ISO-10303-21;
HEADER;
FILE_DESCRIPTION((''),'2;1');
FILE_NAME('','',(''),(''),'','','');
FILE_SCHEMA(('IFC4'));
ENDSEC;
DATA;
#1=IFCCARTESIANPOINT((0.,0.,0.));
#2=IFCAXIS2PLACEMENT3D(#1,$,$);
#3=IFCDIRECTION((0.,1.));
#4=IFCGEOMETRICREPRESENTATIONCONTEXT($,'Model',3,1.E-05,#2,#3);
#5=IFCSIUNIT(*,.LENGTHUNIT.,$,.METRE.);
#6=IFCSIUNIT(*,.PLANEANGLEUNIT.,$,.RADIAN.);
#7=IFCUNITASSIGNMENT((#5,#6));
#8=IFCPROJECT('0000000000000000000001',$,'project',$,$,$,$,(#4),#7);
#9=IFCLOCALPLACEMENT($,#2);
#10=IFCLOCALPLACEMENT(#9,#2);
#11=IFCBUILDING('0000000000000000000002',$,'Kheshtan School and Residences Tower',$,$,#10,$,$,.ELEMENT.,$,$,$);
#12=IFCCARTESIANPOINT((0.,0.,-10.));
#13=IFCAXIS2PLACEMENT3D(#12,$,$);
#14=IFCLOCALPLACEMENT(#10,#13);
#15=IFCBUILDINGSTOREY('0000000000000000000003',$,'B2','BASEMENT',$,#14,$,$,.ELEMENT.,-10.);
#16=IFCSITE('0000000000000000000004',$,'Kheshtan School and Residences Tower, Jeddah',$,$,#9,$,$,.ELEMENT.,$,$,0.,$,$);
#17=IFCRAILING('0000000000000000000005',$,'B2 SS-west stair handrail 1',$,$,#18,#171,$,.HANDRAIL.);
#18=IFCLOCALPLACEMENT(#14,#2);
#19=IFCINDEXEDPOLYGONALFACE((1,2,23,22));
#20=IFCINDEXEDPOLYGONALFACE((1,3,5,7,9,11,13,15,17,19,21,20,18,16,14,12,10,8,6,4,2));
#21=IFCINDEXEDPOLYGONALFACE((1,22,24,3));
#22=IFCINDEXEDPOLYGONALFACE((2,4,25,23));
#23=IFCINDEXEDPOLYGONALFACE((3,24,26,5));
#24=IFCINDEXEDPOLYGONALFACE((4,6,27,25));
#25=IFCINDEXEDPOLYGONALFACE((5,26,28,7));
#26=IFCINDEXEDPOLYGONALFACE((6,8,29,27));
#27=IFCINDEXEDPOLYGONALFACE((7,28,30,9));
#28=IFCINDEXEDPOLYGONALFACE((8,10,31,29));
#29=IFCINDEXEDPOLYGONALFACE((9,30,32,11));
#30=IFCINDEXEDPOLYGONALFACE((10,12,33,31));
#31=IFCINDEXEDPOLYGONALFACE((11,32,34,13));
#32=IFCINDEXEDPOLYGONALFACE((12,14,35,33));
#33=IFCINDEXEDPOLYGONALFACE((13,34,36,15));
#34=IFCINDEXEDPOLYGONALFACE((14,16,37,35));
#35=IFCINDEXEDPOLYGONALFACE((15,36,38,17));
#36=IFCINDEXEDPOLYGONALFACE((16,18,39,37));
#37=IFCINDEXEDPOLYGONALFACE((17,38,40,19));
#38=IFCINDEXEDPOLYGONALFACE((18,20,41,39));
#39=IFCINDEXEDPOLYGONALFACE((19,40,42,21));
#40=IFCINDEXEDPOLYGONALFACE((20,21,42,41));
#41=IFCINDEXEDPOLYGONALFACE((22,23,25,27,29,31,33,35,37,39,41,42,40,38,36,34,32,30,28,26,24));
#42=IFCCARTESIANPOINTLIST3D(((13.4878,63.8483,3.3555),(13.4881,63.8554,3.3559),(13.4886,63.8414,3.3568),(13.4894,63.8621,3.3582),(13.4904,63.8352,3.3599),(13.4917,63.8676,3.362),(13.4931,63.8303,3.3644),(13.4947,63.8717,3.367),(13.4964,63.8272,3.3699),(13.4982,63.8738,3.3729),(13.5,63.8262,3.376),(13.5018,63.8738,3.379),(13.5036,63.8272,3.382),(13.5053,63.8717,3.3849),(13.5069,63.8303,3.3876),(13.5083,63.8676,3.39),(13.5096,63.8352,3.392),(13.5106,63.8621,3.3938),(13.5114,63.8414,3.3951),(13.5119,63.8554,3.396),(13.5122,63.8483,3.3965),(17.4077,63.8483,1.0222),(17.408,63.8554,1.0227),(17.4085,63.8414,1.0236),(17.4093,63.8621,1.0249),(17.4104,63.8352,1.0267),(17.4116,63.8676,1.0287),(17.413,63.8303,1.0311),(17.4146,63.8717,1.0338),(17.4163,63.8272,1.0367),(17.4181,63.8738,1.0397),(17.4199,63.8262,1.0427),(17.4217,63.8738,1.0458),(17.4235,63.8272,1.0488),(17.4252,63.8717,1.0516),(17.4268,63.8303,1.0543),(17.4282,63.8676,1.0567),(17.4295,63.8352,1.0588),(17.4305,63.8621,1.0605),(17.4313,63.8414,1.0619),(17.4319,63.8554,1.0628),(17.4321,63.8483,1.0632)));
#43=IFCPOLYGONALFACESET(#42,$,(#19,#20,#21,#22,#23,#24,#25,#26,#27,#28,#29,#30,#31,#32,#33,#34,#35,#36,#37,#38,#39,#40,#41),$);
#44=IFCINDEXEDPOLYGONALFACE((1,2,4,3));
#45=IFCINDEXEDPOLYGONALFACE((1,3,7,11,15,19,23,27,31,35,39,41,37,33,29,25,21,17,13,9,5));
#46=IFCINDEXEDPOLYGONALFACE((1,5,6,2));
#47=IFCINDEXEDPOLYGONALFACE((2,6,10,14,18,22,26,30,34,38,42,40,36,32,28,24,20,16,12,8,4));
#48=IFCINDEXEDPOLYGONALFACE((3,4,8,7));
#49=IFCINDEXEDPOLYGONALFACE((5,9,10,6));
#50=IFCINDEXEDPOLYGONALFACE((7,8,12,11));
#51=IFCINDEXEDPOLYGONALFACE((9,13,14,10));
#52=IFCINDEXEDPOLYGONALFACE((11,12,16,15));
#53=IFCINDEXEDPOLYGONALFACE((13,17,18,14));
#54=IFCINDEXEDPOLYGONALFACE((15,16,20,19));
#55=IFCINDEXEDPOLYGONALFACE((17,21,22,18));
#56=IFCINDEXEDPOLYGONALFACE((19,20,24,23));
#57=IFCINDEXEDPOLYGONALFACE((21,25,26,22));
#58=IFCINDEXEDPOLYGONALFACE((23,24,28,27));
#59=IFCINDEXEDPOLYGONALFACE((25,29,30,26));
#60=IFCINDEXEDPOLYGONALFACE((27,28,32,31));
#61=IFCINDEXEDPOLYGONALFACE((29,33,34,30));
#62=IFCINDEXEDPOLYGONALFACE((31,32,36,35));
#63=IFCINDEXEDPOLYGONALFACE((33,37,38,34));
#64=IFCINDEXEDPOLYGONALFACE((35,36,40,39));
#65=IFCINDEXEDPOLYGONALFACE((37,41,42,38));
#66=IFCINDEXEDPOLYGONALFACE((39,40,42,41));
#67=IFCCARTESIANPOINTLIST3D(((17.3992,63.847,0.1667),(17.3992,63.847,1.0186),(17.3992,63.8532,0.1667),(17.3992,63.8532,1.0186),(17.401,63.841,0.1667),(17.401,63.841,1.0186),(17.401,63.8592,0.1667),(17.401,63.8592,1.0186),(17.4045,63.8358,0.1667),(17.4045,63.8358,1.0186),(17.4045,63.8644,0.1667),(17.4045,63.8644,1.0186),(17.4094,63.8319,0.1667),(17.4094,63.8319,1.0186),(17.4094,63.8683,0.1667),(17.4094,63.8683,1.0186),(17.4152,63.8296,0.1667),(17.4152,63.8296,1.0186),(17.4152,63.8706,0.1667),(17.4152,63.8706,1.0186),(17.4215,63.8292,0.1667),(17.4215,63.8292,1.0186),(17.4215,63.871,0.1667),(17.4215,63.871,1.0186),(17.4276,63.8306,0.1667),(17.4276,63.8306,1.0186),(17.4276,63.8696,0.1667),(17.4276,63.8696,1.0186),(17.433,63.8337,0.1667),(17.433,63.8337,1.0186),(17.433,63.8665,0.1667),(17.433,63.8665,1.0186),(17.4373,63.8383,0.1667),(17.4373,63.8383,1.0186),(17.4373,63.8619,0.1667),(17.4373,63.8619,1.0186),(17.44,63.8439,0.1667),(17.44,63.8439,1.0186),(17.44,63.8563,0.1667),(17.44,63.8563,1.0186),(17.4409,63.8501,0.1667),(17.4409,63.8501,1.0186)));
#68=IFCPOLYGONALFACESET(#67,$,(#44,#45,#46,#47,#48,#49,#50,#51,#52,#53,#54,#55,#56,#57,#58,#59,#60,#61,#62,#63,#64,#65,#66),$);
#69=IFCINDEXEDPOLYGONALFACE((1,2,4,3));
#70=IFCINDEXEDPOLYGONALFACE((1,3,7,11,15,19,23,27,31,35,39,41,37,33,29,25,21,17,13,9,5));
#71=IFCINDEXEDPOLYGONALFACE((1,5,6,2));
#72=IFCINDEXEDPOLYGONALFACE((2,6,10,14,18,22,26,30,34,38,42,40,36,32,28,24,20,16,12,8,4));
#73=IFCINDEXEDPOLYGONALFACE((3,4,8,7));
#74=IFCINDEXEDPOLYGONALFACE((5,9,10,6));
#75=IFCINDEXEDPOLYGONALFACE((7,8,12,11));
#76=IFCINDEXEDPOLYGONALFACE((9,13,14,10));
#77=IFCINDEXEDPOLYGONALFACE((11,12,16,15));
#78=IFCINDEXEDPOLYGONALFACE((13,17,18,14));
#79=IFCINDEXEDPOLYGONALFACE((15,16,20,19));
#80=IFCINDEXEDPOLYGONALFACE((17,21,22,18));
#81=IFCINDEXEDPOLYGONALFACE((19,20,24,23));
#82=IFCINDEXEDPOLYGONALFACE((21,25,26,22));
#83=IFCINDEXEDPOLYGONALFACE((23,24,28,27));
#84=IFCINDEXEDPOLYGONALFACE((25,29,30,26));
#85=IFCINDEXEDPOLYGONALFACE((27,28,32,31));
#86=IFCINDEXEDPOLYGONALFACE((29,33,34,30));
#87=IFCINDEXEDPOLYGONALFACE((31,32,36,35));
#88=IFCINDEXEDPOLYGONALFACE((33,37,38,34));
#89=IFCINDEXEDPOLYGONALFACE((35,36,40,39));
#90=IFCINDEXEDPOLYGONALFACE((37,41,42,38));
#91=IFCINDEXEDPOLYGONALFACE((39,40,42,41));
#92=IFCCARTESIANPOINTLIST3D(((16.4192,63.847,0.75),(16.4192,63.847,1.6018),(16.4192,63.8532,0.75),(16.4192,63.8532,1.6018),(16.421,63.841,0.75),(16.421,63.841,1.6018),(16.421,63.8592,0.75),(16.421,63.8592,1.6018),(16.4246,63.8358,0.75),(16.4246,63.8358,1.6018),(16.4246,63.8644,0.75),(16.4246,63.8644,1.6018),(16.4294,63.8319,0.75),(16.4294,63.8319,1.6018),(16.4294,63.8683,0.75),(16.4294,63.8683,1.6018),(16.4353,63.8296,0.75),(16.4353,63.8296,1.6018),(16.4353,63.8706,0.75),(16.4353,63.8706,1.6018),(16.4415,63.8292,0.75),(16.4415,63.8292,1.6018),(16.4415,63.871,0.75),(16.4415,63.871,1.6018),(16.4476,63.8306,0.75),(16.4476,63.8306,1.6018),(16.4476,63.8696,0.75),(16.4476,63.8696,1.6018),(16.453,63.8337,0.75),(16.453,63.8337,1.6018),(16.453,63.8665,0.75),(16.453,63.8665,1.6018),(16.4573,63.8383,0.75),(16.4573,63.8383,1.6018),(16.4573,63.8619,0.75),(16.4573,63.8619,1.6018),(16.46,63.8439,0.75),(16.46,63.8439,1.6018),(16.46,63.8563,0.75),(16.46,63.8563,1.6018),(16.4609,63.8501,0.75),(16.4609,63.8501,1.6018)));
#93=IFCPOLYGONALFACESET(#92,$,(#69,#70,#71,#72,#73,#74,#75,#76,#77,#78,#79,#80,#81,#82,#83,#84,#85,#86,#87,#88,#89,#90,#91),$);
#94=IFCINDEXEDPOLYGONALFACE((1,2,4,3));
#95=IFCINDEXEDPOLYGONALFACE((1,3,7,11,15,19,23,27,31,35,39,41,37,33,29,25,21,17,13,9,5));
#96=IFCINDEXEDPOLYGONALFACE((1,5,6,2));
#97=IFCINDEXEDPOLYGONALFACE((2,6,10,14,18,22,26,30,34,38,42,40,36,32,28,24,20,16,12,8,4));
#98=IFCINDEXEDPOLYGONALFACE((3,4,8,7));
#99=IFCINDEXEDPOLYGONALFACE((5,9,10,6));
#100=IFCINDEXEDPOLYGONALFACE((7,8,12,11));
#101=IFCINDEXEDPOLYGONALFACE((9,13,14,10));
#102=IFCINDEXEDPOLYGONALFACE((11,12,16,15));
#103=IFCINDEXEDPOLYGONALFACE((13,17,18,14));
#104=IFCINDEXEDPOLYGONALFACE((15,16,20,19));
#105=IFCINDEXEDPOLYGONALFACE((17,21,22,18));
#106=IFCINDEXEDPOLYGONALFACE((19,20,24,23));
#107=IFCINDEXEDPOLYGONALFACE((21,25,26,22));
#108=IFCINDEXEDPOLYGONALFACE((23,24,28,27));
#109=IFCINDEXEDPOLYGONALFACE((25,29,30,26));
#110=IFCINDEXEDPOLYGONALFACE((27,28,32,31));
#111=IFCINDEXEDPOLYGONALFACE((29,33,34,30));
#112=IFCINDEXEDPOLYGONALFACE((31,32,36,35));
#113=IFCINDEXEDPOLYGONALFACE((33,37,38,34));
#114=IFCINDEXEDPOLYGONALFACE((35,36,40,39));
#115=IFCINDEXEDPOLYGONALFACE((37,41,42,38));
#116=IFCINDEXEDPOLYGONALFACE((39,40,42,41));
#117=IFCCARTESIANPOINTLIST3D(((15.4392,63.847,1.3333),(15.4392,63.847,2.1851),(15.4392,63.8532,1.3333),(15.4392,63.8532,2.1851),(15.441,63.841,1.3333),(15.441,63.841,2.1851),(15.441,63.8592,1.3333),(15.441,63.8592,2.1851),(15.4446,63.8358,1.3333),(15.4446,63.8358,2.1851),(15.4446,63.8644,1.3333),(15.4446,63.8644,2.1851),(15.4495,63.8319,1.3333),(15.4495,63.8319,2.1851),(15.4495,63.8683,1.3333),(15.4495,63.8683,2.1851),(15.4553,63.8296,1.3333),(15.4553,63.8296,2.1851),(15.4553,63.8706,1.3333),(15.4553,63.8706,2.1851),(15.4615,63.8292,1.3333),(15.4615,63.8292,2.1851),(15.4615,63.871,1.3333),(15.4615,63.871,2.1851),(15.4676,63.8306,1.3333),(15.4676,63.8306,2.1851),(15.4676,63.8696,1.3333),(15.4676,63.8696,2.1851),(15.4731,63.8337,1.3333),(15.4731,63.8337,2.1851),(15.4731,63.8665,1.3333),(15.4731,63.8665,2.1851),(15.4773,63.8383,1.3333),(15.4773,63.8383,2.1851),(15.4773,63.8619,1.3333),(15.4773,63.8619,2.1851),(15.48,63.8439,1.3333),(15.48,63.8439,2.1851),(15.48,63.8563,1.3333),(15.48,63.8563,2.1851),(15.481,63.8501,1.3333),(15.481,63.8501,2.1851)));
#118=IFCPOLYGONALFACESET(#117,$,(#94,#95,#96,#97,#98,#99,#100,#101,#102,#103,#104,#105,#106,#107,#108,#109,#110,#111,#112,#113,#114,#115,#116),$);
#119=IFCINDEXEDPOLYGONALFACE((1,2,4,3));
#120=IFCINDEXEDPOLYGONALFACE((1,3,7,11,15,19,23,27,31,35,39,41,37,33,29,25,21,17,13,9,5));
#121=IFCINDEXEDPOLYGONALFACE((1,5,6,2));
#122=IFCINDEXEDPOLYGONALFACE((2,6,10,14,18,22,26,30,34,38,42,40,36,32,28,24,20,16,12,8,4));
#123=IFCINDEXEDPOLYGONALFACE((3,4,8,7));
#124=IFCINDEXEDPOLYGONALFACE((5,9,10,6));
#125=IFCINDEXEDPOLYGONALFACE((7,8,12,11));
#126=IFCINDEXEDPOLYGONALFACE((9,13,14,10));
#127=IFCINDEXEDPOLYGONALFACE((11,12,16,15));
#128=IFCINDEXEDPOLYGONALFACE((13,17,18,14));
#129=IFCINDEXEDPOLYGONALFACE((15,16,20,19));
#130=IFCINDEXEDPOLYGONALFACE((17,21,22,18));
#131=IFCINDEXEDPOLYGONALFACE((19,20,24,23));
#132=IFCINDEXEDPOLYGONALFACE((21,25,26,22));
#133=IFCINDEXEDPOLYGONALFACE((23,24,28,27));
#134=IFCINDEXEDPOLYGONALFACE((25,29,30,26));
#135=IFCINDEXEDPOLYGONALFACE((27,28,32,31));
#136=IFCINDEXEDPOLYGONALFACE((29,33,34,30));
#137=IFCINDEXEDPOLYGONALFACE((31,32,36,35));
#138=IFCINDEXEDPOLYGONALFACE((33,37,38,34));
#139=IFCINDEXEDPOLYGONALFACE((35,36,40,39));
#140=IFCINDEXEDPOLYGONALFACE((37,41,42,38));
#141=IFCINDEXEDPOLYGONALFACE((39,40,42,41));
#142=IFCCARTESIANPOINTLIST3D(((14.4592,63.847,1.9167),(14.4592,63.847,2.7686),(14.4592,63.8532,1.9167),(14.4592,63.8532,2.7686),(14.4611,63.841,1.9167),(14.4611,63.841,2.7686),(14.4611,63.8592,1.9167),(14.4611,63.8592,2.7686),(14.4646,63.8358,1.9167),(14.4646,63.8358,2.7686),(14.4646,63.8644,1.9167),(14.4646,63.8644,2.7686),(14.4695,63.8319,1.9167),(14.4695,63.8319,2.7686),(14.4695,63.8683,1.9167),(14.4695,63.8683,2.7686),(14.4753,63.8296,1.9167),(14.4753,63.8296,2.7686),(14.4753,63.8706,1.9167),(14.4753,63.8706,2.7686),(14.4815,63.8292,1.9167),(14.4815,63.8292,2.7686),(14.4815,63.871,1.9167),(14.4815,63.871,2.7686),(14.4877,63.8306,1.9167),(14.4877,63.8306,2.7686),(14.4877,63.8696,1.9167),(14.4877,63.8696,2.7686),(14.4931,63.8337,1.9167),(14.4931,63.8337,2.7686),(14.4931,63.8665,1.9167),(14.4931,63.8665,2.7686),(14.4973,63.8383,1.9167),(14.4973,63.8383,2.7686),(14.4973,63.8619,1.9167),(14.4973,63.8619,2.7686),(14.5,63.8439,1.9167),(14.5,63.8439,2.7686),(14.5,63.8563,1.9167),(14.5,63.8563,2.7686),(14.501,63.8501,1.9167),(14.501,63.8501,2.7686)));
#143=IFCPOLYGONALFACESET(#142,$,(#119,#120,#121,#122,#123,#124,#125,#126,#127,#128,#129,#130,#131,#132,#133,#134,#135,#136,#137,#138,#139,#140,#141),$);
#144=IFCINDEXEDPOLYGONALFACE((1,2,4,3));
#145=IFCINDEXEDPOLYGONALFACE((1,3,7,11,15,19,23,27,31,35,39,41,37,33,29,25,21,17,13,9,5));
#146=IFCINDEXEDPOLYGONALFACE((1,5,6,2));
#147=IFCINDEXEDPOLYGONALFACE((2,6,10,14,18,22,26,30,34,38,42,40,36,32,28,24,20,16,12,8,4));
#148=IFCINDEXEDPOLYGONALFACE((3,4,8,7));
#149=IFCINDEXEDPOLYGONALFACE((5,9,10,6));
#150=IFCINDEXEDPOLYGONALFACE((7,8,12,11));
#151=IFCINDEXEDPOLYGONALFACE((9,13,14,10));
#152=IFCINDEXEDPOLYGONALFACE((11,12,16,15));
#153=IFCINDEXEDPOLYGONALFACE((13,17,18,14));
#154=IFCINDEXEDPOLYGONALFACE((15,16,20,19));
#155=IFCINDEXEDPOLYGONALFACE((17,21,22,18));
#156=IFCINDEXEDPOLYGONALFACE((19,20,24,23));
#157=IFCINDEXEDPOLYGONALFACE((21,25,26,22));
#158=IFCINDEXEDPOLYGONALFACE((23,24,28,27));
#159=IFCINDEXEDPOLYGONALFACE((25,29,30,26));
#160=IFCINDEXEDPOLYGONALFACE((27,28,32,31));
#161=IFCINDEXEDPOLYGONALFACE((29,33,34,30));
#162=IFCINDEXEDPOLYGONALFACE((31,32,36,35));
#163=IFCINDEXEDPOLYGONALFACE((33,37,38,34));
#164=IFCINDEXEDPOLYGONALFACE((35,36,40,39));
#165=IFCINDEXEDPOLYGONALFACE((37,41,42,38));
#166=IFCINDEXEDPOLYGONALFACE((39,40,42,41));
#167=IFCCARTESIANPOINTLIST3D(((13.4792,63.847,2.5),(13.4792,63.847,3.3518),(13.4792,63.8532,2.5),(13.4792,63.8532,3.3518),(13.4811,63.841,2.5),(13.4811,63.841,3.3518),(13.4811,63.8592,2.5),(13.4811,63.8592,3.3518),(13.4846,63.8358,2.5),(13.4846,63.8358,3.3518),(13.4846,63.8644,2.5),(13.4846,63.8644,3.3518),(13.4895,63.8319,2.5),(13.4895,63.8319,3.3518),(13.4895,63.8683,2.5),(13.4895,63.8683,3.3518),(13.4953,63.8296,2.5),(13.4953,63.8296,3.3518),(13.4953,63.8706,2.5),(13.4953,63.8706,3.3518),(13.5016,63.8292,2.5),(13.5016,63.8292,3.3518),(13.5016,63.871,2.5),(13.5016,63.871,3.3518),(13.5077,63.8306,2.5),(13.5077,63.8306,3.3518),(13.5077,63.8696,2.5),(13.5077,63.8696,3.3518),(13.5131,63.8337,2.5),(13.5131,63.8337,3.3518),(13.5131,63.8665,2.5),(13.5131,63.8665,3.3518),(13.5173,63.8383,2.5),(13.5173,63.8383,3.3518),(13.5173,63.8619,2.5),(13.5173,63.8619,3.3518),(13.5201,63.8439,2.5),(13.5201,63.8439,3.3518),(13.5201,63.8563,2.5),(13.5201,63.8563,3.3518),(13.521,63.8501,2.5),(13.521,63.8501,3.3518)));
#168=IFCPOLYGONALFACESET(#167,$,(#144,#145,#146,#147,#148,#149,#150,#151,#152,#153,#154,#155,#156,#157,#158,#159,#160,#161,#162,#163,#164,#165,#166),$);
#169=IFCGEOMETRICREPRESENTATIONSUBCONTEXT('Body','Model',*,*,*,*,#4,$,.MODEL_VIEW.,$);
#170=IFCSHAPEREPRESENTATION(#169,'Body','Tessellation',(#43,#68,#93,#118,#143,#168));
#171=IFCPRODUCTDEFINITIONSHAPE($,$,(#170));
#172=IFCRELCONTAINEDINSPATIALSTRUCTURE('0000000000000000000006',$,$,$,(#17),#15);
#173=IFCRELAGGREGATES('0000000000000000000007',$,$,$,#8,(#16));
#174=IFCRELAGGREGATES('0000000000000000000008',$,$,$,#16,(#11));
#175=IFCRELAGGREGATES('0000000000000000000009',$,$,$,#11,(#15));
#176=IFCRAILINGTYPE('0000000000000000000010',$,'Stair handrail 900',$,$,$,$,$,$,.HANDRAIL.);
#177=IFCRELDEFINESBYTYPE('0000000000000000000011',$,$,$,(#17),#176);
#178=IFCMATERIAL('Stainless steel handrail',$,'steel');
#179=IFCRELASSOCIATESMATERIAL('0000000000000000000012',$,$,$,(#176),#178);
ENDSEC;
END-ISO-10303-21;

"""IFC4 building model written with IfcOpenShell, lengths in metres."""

from ifc_helpers import new_model, si_unit, direction, frame, origin, origin_2d, place, context, subcontext, project, spatial, circle, extrude, material, type_object, element, save


model = new_model("IFC4")

# Units and contexts
model_context = context("Model", 3, precision=1e-05, world=origin(), true_north=direction((0.0, 1.0)))
body_context = subcontext(model_context, "Body", "Model", "MODEL_VIEW")
ifc_project = project(units=[si_unit("LENGTHUNIT", "METRE"), si_unit("PLANEANGLEUNIT", "RADIAN")], contexts=[model_context])

# Site, building, storey
site_placement = place(None, origin())
site = spatial("IfcSite", under=ifc_project, at=site_placement, Name="Kheshtan School and Residences Tower, Jeddah", CompositionType="ELEMENT", RefElevation=0.0)
building_placement = place(site_placement, origin())
building = spatial("IfcBuilding", under=site, at=building_placement, Name="Kheshtan School and Residences Tower", CompositionType="ELEMENT")
storey_placement = place(building_placement, frame((0.0, 0.0, -10.0)))
storey = spatial("IfcBuildingStorey", under=building, at=storey_placement, Name="B2", Description="BASEMENT", CompositionType="ELEMENT", Elevation=-10.0)

# Railing
ifc_material_1 = material(Name="Stainless steel handrail", Category="steel")
railing_type_1 = type_object("IfcRailingType", Name="Stair handrail 900", PredefinedType="HANDRAIL", material=ifc_material_1)
railing_1_placement = place(storey_placement, frame((17.4199, 63.8501, 0.1667)))
element("IfcRailing", 1, at=railing_1_placement, inside=storey, type_object=railing_type_1, Name="B2 SS-west stair handrail 1", PredefinedType="HANDRAIL", context=body_context, shape_type="SweptSolid", body=[
    extrude(circle(Radius=0.0239, at=origin_2d()), frame((0.0, 0.0, 0.876), z_axis=(-0.859296, 0.0, 0.511478), x_axis=(0.0, -1.0, 0.0)), (0.0, 0.0, 1.0), 4.5618),
    extrude(circle(Radius=0.021, at=origin_2d()), origin(), (0.0, 0.0, 1.0), 0.8518),
    extrude(circle(Radius=0.021, at=origin_2d()), frame((-0.98, 0.0, 0.5833)), (0.0, 0.0, 1.0), 0.8518),
    extrude(circle(Radius=0.021, at=origin_2d()), frame((-1.96, 0.0, 1.1665)), (0.0, 0.0, 1.0), 0.8518),
    extrude(circle(Radius=0.021, at=origin_2d()), frame((-2.9399, 0.0, 1.75)), (0.0, 0.0, 1.0), 0.8518),
    extrude(circle(Radius=0.021, at=origin_2d()), frame((-3.9199, 0.0, 2.3333)), (0.0, 0.0, 1.0), 0.8518),
])

save(model, "model.ifc")
